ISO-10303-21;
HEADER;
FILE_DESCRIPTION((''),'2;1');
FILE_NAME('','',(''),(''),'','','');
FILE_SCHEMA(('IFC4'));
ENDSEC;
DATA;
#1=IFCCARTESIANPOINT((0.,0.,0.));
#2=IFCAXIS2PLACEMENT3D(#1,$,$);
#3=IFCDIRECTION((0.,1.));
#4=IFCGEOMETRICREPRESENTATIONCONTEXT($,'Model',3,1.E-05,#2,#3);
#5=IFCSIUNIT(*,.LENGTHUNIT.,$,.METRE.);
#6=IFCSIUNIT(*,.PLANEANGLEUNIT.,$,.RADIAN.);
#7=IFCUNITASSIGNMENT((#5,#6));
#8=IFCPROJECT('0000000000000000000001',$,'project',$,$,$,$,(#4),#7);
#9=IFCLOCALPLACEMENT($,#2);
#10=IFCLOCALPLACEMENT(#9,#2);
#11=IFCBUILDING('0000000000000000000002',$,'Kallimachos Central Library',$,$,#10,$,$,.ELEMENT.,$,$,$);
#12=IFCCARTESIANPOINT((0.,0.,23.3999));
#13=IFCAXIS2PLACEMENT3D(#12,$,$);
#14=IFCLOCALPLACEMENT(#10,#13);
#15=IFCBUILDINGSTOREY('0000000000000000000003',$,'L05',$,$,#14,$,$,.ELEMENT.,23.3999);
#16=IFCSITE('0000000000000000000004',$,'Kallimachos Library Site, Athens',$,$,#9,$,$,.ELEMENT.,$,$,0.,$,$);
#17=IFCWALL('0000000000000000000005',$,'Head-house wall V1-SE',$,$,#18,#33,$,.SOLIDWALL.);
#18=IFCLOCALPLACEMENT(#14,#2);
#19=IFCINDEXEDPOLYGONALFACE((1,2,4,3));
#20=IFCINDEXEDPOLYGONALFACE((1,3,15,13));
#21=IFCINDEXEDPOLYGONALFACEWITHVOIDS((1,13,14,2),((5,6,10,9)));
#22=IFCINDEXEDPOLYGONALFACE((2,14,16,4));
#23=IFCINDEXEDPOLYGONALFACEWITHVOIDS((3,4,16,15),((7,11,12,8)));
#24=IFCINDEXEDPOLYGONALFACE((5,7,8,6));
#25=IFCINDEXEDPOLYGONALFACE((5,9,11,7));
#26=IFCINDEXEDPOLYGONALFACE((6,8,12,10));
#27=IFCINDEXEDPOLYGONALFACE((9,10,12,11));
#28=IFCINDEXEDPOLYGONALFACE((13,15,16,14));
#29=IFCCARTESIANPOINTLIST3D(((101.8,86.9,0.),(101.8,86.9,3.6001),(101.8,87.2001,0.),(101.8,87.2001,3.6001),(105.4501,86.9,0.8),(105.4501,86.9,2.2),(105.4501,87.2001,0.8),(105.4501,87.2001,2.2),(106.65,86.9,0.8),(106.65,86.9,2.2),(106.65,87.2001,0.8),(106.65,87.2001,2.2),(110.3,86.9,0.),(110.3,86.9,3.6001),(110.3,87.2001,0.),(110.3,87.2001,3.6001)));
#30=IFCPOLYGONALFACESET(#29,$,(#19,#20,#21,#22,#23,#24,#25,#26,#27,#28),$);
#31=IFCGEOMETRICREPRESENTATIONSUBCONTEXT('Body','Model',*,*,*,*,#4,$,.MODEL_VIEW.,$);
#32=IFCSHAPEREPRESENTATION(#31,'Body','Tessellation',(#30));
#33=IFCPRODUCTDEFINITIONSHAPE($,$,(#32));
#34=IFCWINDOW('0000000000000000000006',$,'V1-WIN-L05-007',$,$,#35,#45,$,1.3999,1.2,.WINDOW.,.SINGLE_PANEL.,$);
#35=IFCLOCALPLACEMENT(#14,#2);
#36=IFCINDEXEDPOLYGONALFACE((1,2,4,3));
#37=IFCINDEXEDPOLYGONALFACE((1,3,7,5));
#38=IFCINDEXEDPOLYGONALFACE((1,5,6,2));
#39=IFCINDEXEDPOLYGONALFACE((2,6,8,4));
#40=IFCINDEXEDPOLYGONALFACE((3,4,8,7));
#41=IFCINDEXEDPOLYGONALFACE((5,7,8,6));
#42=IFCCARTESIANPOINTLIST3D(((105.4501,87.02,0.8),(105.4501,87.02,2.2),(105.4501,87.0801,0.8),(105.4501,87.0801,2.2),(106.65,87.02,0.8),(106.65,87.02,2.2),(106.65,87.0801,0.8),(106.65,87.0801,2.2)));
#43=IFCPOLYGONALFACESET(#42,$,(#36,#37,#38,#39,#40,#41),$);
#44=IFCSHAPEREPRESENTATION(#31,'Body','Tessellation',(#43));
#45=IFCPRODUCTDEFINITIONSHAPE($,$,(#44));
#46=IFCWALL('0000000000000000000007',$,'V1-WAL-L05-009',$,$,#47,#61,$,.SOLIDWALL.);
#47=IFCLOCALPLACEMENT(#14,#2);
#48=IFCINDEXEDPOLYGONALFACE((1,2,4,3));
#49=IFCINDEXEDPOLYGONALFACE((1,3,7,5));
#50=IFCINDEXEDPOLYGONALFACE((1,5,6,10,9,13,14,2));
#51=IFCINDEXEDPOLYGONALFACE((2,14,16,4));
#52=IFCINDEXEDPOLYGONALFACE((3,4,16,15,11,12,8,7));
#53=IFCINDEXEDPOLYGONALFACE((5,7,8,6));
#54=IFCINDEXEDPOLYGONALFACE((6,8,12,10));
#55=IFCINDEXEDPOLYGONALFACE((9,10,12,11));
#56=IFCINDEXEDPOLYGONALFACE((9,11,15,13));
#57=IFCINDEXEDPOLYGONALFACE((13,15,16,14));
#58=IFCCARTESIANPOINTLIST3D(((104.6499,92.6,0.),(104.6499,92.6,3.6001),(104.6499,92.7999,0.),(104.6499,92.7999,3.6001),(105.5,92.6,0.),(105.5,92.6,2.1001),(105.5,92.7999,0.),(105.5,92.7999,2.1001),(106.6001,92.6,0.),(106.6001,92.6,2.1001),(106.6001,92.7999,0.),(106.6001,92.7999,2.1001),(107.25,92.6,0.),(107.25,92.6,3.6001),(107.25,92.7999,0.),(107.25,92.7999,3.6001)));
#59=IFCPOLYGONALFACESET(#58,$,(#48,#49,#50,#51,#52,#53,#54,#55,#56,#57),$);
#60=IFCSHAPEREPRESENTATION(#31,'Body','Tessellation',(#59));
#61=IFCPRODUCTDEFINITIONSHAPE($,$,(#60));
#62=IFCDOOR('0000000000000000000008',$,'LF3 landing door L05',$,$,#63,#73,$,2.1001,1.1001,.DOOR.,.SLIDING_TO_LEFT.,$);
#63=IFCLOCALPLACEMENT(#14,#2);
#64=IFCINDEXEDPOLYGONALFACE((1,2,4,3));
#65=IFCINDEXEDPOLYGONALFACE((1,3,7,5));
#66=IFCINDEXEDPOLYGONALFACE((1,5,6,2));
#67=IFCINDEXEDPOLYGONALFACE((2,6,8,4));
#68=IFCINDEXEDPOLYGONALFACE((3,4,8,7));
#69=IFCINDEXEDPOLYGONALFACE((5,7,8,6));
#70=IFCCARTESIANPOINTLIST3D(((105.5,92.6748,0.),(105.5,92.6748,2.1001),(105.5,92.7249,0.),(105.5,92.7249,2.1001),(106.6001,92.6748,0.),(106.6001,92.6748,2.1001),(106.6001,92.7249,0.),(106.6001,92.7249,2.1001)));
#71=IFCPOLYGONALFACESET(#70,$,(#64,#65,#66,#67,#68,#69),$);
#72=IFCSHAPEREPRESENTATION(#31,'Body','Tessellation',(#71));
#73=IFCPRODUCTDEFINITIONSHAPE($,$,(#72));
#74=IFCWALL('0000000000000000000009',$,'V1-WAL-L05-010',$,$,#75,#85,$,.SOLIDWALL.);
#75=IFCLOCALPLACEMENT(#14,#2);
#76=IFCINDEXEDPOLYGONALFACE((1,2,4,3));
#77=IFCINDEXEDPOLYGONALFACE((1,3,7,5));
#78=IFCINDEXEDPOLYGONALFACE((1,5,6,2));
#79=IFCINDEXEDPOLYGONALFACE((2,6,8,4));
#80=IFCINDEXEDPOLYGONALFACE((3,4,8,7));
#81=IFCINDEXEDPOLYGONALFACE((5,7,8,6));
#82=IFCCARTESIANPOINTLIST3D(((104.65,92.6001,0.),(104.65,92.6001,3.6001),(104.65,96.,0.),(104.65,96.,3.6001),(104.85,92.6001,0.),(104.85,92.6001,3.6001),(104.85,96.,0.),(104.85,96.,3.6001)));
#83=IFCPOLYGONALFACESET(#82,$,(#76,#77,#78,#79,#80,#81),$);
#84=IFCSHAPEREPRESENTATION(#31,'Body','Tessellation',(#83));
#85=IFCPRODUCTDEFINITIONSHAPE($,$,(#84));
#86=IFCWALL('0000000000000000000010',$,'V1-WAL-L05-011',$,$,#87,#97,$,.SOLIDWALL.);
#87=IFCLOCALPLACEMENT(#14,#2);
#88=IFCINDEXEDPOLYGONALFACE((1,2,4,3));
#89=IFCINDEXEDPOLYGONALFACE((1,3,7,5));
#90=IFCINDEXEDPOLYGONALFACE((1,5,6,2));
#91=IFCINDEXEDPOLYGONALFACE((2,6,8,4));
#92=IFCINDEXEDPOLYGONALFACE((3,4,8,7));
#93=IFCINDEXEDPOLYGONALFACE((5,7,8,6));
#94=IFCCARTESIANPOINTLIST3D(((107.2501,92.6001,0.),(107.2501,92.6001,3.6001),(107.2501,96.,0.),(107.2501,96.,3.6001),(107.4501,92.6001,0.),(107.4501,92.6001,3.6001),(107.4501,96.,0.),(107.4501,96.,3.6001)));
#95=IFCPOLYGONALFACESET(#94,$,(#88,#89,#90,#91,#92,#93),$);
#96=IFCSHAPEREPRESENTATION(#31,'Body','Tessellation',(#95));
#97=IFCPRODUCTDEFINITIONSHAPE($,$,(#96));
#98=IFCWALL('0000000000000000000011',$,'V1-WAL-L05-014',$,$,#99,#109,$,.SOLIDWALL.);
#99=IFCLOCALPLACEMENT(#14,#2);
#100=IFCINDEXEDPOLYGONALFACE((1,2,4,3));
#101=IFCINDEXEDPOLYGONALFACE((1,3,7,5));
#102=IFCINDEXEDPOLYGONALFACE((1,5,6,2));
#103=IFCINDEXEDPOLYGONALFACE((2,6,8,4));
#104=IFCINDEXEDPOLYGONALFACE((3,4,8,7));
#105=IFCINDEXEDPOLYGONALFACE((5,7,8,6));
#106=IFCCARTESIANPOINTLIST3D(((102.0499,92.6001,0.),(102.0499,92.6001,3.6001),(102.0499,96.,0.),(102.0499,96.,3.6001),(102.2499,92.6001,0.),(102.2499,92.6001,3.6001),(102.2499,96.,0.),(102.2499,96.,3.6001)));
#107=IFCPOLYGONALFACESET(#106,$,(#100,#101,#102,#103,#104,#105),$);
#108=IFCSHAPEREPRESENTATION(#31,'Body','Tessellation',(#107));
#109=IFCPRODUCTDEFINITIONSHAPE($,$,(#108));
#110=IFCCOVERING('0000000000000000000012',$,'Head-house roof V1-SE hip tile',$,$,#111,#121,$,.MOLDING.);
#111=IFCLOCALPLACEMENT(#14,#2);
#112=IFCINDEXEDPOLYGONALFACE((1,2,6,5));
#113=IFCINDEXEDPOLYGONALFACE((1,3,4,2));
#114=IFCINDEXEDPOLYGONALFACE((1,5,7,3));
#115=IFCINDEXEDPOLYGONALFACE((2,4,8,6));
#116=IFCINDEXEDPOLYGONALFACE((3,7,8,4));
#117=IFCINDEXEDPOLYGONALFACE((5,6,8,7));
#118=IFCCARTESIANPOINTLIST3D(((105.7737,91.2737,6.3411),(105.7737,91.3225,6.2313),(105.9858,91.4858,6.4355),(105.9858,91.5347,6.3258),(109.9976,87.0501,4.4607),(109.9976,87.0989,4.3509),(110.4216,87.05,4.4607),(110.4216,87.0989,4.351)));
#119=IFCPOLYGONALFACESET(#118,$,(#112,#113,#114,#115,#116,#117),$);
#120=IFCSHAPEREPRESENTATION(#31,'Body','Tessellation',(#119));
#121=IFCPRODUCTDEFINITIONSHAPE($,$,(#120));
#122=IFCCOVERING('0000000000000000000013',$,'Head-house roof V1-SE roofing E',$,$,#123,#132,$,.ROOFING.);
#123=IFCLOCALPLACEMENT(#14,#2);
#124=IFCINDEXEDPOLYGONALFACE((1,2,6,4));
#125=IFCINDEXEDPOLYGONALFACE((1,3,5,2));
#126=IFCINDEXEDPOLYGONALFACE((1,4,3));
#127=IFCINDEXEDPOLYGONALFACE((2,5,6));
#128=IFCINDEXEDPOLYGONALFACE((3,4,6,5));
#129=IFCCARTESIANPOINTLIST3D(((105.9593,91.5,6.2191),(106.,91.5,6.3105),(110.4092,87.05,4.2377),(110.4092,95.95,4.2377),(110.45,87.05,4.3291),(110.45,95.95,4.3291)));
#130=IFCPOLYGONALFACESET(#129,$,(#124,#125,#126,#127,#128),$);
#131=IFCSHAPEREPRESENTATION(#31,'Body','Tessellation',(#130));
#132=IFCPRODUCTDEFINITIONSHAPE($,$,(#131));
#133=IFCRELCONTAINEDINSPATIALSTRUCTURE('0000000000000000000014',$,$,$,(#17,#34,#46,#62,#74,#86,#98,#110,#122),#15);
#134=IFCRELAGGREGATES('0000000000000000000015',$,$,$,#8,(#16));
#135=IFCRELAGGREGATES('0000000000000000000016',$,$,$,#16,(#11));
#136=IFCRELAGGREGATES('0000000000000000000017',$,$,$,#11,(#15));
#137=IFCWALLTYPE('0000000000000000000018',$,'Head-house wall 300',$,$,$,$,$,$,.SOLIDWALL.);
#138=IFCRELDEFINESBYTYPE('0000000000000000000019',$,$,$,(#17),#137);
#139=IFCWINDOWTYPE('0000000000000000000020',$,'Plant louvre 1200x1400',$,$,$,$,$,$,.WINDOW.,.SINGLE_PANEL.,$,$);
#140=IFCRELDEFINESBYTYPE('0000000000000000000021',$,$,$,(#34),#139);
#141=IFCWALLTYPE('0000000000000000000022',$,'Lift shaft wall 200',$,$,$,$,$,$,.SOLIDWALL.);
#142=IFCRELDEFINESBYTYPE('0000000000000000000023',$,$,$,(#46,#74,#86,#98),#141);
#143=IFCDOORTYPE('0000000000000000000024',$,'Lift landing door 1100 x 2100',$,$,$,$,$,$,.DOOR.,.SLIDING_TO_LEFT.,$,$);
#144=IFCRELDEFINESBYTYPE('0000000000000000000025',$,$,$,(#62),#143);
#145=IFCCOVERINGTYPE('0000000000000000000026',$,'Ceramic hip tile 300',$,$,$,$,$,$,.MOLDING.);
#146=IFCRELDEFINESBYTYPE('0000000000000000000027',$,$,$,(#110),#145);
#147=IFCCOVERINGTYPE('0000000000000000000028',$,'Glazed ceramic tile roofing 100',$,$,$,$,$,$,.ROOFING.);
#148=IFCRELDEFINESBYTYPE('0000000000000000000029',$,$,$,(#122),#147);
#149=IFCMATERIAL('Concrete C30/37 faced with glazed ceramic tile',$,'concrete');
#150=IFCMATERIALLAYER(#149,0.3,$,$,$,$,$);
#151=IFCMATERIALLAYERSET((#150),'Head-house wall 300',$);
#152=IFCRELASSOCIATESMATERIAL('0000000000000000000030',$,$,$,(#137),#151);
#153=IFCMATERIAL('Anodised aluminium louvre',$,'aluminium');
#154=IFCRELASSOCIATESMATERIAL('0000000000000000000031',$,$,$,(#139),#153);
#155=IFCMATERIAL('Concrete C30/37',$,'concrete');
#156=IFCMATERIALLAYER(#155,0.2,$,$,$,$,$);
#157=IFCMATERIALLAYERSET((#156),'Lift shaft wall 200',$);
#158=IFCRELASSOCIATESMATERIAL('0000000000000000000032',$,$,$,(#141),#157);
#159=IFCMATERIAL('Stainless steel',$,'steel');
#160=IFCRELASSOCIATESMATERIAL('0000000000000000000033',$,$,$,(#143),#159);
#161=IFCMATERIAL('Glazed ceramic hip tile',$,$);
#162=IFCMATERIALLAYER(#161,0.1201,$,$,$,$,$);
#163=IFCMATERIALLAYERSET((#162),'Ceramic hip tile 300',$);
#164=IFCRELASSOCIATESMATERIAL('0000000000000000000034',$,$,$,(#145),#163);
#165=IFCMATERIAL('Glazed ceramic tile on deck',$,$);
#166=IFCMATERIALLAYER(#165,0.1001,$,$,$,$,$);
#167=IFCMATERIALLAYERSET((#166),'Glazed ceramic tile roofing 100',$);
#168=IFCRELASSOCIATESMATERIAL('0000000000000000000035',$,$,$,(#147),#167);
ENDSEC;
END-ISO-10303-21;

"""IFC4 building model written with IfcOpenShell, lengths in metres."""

from ifc_helpers import new_model, si_unit, direction, frame, frame_2d, origin, place, context, subcontext, project, spatial, polyline, rectangle, outline, extrude, material, layer, layer_set, type_object, element, fill, save


model = new_model("IFC4")

# Units and contexts
model_context = context("Model", 3, precision=1e-05, world=origin(), true_north=direction((0.0, 1.0)))
body_context = subcontext(model_context, "Body", "Model", "MODEL_VIEW")
ifc_project = project(units=[si_unit("LENGTHUNIT", "METRE"), si_unit("PLANEANGLEUNIT", "RADIAN")], contexts=[model_context])

# Site, building, storey
site_placement = place(None, origin())
site = spatial("IfcSite", under=ifc_project, at=site_placement, Name="Kallimachos Library Site, Athens", CompositionType="ELEMENT", RefElevation=0.0)
building_placement = place(site_placement, origin())
building = spatial("IfcBuilding", under=site, at=building_placement, Name="Kallimachos Central Library", CompositionType="ELEMENT")
storey_placement = place(building_placement, frame((0.0, 0.0, 23.3999)))
storey = spatial("IfcBuildingStorey", under=building, at=storey_placement, Name="L05", CompositionType="ELEMENT", Elevation=23.3999)

# Wall, opening, window
ifc_material_1 = material(Name="Concrete C30/37 faced with glazed ceramic tile", Category="concrete")
ifc_layer_1 = layer(ifc_material_1, 0.3)
ifc_layer_set_1 = layer_set([ifc_layer_1], Name="Head-house wall 300")
wall_type_1 = type_object("IfcWallType", Name="Head-house wall 300", PredefinedType="SOLIDWALL", material=ifc_layer_set_1)
ifc_material_2 = material(Name="Anodised aluminium louvre", Category="aluminium")
window_type = type_object("IfcWindowType", Name="Plant louvre 1200x1400", PartitioningType="SINGLE_PANEL", PredefinedType="WINDOW", material=ifc_material_2)
wall_1_placement = place(storey_placement, frame((101.8, 87.05, 0.0), z_axis=(0.0, 0.0, 1.0), x_axis=(1.0, 0.0, 0.0)))
wall_1 = element("IfcWall", 1, at=wall_1_placement, inside=storey, type_object=wall_type_1, Name="Head-house wall V1-SE", PredefinedType="SOLIDWALL", context=body_context, shape_type="SweptSolid", body=[
    extrude(rectangle(XDim=8.5, YDim=0.3, at=frame_2d((4.25, 0.0))), origin(), (0.0, 0.0, 1.0), 3.6001),
])
opening_1_placement = place(wall_1_placement, frame((3.6499, 0.0, 0.8)))
opening_1 = element("IfcOpeningElement", 2, at=opening_1_placement, cuts=wall_1, PredefinedType="OPENING", context=body_context, shape_type="SweptSolid", body=[
    extrude(rectangle(XDim=1.2, YDim=1.3999, at=frame_2d((0.6001, 0.7))), frame((0.0, 0.1599, 0.0), z_axis=(0.0, -1.0, 0.0), x_axis=(1.0, 0.0, 0.0)), (0.0, 0.0, 1.0), 0.3201),
])
window_1_placement = place(opening_1_placement, origin())
window_1 = element("IfcWindow", 3, at=window_1_placement, inside=storey, type_object=window_type, Name="V1-WIN-L05-007", OverallHeight=1.3999, OverallWidth=1.2, PartitioningType="SINGLE_PANEL", PredefinedType="WINDOW", context=body_context, shape_type="SweptSolid", body=[
    extrude(rectangle(XDim=1.2, YDim=1.3999, at=frame_2d((0.6001, 0.7))), frame((0.0, 0.03, 0.0), z_axis=(0.0, -1.0, 0.0), x_axis=(1.0, 0.0, 0.0)), (0.0, 0.0, 1.0), 0.0601),
])
fill(opening_1, window_1)

# Wall, opening, door
ifc_material_3 = material(Name="Concrete C30/37", Category="concrete")
ifc_layer_2 = layer(ifc_material_3, 0.2)
ifc_layer_set_2 = layer_set([ifc_layer_2], Name="Lift shaft wall 200")
wall_type_2 = type_object("IfcWallType", Name="Lift shaft wall 200", PredefinedType="SOLIDWALL", material=ifc_layer_set_2)
wall_2_placement = place(storey_placement, frame((104.6499, 92.7, 0.0), z_axis=(0.0, 0.0, 1.0), x_axis=(1.0, 0.0, 0.0)))
wall_2 = element("IfcWall", 4, at=wall_2_placement, inside=storey, type_object=wall_type_2, Name="V1-WAL-L05-009", PredefinedType="SOLIDWALL", context=body_context, shape_type="SweptSolid", body=[
    extrude(rectangle(XDim=2.6001, YDim=0.2, at=frame_2d((1.3, 0.0))), origin(), (0.0, 0.0, 1.0), 3.6001),
])
opening_2_placement = place(wall_2_placement, frame((0.8501, 0.0, 0.0)))
opening_2 = element("IfcOpeningElement", 5, at=opening_2_placement, cuts=wall_2, PredefinedType="OPENING", context=body_context, shape_type="SweptSolid", body=[
    extrude(rectangle(XDim=1.1001, YDim=2.1001, at=frame_2d((0.55, 1.05))), frame((0.0, 0.1099, 0.0), z_axis=(0.0, -1.0, 0.0), x_axis=(1.0, 0.0, 0.0)), (0.0, 0.0, 1.0), 0.22),
])
ifc_material_4 = material(Name="Stainless steel", Category="steel")
door_type = type_object("IfcDoorType", Name="Lift landing door 1100 x 2100", OperationType="SLIDING_TO_LEFT", PredefinedType="DOOR", material=ifc_material_4)
door_placement = place(opening_2_placement, origin())
door = element("IfcDoor", 6, at=door_placement, inside=storey, type_object=door_type, Name="LF3 landing door L05", OperationType="SLIDING_TO_LEFT", OverallHeight=2.1001, OverallWidth=1.1001, PredefinedType="DOOR", context=body_context, shape_type="SweptSolid", body=[
    extrude(rectangle(XDim=1.1001, YDim=2.1001, at=frame_2d((0.55, 1.05))), frame((0.0, 0.0249, 0.0), z_axis=(0.0, -1.0, 0.0), x_axis=(1.0, 0.0, 0.0)), (0.0, 0.0, 1.0), 0.05),
])
fill(opening_2, door)

# Walls
for number, where, z_axis, x_axis, name in (
    (7, (104.75, 92.6001, 0.0), (0.0, 0.0, 1.0), (0.0, 1.0, 0.0), "V1-WAL-L05-010"),
    (8, (107.3501, 92.6001, 0.0), (0.0, 0.0, 1.0), (0.0, 1.0, 0.0), "V1-WAL-L05-011"),
    (9, (102.1499, 92.6001, 0.0), (0.0, 0.0, 1.0), (0.0, 1.0, 0.0), "V1-WAL-L05-014"),
):
    element("IfcWall", number, at=place(storey_placement, frame(where, z_axis=z_axis, x_axis=x_axis)), inside=storey, type_object=wall_type_2, Name=name, PredefinedType="SOLIDWALL", context=body_context, shape_type="SweptSolid", body=[
        extrude(rectangle(XDim=3.3999, YDim=0.2, at=frame_2d((1.7, 0.0))), origin(), (0.0, 0.0, 1.0), 3.6001),
    ])

# Coverings
ifc_material_5 = material(Name="Glazed ceramic hip tile")
ifc_layer_3 = layer(ifc_material_5, 0.1201)
ifc_layer_set_3 = layer_set([ifc_layer_3], Name="Ceramic hip tile 300")
covering_type_1 = type_object("IfcCoveringType", Name="Ceramic hip tile 300", PredefinedType="MOLDING", material=ifc_layer_set_3)
covering_1_placement = place(storey_placement, frame((110.4216, 87.05, 4.4607), z_axis=(-0.000031, -0.406745, 0.913542), x_axis=(-1.0, 0.000012, -0.000028)))
element("IfcCovering", 10, at=covering_1_placement, inside=storey, type_object=covering_type_1, Name="Head-house roof V1-SE hip tile", PredefinedType="MOLDING", context=body_context, shape_type="SweptSolid", body=[
    extrude(outline(polyline([(0.0, 0.0), (0.4241, 0.0), (4.6479, -4.6233), (4.4358, -4.8555), (0.0, 0.0)])), origin(), (0.0, 0.0, -1.0), 0.1201),
])
ifc_material_6 = material(Name="Glazed ceramic tile on deck")
ifc_layer_4 = layer(ifc_material_6, 0.1001)
ifc_layer_set_4 = layer_set([ifc_layer_4], Name="Glazed ceramic tile roofing 100")
covering_type_2 = type_object("IfcCoveringType", Name="Glazed ceramic tile roofing 100", PredefinedType="ROOFING", material=ifc_layer_set_4)
covering_2_placement = place(storey_placement, frame((110.45, 87.05, 4.3291), z_axis=(0.406771, 0.0, 0.91353), x_axis=(0.0, 1.0, 0.0)))
element("IfcCovering", 11, at=covering_2_placement, inside=storey, type_object=covering_type_2, Name="Head-house roof V1-SE roofing E", PredefinedType="ROOFING", context=body_context, shape_type="SweptSolid", body=[
    extrude(outline(polyline([(0.0, 0.0), (8.8999, 0.0), (4.45, 4.8712), (0.0, 0.0)])), origin(), (0.0, 0.0, -1.0), 0.1001),
])

save(model, "model.ifc")
